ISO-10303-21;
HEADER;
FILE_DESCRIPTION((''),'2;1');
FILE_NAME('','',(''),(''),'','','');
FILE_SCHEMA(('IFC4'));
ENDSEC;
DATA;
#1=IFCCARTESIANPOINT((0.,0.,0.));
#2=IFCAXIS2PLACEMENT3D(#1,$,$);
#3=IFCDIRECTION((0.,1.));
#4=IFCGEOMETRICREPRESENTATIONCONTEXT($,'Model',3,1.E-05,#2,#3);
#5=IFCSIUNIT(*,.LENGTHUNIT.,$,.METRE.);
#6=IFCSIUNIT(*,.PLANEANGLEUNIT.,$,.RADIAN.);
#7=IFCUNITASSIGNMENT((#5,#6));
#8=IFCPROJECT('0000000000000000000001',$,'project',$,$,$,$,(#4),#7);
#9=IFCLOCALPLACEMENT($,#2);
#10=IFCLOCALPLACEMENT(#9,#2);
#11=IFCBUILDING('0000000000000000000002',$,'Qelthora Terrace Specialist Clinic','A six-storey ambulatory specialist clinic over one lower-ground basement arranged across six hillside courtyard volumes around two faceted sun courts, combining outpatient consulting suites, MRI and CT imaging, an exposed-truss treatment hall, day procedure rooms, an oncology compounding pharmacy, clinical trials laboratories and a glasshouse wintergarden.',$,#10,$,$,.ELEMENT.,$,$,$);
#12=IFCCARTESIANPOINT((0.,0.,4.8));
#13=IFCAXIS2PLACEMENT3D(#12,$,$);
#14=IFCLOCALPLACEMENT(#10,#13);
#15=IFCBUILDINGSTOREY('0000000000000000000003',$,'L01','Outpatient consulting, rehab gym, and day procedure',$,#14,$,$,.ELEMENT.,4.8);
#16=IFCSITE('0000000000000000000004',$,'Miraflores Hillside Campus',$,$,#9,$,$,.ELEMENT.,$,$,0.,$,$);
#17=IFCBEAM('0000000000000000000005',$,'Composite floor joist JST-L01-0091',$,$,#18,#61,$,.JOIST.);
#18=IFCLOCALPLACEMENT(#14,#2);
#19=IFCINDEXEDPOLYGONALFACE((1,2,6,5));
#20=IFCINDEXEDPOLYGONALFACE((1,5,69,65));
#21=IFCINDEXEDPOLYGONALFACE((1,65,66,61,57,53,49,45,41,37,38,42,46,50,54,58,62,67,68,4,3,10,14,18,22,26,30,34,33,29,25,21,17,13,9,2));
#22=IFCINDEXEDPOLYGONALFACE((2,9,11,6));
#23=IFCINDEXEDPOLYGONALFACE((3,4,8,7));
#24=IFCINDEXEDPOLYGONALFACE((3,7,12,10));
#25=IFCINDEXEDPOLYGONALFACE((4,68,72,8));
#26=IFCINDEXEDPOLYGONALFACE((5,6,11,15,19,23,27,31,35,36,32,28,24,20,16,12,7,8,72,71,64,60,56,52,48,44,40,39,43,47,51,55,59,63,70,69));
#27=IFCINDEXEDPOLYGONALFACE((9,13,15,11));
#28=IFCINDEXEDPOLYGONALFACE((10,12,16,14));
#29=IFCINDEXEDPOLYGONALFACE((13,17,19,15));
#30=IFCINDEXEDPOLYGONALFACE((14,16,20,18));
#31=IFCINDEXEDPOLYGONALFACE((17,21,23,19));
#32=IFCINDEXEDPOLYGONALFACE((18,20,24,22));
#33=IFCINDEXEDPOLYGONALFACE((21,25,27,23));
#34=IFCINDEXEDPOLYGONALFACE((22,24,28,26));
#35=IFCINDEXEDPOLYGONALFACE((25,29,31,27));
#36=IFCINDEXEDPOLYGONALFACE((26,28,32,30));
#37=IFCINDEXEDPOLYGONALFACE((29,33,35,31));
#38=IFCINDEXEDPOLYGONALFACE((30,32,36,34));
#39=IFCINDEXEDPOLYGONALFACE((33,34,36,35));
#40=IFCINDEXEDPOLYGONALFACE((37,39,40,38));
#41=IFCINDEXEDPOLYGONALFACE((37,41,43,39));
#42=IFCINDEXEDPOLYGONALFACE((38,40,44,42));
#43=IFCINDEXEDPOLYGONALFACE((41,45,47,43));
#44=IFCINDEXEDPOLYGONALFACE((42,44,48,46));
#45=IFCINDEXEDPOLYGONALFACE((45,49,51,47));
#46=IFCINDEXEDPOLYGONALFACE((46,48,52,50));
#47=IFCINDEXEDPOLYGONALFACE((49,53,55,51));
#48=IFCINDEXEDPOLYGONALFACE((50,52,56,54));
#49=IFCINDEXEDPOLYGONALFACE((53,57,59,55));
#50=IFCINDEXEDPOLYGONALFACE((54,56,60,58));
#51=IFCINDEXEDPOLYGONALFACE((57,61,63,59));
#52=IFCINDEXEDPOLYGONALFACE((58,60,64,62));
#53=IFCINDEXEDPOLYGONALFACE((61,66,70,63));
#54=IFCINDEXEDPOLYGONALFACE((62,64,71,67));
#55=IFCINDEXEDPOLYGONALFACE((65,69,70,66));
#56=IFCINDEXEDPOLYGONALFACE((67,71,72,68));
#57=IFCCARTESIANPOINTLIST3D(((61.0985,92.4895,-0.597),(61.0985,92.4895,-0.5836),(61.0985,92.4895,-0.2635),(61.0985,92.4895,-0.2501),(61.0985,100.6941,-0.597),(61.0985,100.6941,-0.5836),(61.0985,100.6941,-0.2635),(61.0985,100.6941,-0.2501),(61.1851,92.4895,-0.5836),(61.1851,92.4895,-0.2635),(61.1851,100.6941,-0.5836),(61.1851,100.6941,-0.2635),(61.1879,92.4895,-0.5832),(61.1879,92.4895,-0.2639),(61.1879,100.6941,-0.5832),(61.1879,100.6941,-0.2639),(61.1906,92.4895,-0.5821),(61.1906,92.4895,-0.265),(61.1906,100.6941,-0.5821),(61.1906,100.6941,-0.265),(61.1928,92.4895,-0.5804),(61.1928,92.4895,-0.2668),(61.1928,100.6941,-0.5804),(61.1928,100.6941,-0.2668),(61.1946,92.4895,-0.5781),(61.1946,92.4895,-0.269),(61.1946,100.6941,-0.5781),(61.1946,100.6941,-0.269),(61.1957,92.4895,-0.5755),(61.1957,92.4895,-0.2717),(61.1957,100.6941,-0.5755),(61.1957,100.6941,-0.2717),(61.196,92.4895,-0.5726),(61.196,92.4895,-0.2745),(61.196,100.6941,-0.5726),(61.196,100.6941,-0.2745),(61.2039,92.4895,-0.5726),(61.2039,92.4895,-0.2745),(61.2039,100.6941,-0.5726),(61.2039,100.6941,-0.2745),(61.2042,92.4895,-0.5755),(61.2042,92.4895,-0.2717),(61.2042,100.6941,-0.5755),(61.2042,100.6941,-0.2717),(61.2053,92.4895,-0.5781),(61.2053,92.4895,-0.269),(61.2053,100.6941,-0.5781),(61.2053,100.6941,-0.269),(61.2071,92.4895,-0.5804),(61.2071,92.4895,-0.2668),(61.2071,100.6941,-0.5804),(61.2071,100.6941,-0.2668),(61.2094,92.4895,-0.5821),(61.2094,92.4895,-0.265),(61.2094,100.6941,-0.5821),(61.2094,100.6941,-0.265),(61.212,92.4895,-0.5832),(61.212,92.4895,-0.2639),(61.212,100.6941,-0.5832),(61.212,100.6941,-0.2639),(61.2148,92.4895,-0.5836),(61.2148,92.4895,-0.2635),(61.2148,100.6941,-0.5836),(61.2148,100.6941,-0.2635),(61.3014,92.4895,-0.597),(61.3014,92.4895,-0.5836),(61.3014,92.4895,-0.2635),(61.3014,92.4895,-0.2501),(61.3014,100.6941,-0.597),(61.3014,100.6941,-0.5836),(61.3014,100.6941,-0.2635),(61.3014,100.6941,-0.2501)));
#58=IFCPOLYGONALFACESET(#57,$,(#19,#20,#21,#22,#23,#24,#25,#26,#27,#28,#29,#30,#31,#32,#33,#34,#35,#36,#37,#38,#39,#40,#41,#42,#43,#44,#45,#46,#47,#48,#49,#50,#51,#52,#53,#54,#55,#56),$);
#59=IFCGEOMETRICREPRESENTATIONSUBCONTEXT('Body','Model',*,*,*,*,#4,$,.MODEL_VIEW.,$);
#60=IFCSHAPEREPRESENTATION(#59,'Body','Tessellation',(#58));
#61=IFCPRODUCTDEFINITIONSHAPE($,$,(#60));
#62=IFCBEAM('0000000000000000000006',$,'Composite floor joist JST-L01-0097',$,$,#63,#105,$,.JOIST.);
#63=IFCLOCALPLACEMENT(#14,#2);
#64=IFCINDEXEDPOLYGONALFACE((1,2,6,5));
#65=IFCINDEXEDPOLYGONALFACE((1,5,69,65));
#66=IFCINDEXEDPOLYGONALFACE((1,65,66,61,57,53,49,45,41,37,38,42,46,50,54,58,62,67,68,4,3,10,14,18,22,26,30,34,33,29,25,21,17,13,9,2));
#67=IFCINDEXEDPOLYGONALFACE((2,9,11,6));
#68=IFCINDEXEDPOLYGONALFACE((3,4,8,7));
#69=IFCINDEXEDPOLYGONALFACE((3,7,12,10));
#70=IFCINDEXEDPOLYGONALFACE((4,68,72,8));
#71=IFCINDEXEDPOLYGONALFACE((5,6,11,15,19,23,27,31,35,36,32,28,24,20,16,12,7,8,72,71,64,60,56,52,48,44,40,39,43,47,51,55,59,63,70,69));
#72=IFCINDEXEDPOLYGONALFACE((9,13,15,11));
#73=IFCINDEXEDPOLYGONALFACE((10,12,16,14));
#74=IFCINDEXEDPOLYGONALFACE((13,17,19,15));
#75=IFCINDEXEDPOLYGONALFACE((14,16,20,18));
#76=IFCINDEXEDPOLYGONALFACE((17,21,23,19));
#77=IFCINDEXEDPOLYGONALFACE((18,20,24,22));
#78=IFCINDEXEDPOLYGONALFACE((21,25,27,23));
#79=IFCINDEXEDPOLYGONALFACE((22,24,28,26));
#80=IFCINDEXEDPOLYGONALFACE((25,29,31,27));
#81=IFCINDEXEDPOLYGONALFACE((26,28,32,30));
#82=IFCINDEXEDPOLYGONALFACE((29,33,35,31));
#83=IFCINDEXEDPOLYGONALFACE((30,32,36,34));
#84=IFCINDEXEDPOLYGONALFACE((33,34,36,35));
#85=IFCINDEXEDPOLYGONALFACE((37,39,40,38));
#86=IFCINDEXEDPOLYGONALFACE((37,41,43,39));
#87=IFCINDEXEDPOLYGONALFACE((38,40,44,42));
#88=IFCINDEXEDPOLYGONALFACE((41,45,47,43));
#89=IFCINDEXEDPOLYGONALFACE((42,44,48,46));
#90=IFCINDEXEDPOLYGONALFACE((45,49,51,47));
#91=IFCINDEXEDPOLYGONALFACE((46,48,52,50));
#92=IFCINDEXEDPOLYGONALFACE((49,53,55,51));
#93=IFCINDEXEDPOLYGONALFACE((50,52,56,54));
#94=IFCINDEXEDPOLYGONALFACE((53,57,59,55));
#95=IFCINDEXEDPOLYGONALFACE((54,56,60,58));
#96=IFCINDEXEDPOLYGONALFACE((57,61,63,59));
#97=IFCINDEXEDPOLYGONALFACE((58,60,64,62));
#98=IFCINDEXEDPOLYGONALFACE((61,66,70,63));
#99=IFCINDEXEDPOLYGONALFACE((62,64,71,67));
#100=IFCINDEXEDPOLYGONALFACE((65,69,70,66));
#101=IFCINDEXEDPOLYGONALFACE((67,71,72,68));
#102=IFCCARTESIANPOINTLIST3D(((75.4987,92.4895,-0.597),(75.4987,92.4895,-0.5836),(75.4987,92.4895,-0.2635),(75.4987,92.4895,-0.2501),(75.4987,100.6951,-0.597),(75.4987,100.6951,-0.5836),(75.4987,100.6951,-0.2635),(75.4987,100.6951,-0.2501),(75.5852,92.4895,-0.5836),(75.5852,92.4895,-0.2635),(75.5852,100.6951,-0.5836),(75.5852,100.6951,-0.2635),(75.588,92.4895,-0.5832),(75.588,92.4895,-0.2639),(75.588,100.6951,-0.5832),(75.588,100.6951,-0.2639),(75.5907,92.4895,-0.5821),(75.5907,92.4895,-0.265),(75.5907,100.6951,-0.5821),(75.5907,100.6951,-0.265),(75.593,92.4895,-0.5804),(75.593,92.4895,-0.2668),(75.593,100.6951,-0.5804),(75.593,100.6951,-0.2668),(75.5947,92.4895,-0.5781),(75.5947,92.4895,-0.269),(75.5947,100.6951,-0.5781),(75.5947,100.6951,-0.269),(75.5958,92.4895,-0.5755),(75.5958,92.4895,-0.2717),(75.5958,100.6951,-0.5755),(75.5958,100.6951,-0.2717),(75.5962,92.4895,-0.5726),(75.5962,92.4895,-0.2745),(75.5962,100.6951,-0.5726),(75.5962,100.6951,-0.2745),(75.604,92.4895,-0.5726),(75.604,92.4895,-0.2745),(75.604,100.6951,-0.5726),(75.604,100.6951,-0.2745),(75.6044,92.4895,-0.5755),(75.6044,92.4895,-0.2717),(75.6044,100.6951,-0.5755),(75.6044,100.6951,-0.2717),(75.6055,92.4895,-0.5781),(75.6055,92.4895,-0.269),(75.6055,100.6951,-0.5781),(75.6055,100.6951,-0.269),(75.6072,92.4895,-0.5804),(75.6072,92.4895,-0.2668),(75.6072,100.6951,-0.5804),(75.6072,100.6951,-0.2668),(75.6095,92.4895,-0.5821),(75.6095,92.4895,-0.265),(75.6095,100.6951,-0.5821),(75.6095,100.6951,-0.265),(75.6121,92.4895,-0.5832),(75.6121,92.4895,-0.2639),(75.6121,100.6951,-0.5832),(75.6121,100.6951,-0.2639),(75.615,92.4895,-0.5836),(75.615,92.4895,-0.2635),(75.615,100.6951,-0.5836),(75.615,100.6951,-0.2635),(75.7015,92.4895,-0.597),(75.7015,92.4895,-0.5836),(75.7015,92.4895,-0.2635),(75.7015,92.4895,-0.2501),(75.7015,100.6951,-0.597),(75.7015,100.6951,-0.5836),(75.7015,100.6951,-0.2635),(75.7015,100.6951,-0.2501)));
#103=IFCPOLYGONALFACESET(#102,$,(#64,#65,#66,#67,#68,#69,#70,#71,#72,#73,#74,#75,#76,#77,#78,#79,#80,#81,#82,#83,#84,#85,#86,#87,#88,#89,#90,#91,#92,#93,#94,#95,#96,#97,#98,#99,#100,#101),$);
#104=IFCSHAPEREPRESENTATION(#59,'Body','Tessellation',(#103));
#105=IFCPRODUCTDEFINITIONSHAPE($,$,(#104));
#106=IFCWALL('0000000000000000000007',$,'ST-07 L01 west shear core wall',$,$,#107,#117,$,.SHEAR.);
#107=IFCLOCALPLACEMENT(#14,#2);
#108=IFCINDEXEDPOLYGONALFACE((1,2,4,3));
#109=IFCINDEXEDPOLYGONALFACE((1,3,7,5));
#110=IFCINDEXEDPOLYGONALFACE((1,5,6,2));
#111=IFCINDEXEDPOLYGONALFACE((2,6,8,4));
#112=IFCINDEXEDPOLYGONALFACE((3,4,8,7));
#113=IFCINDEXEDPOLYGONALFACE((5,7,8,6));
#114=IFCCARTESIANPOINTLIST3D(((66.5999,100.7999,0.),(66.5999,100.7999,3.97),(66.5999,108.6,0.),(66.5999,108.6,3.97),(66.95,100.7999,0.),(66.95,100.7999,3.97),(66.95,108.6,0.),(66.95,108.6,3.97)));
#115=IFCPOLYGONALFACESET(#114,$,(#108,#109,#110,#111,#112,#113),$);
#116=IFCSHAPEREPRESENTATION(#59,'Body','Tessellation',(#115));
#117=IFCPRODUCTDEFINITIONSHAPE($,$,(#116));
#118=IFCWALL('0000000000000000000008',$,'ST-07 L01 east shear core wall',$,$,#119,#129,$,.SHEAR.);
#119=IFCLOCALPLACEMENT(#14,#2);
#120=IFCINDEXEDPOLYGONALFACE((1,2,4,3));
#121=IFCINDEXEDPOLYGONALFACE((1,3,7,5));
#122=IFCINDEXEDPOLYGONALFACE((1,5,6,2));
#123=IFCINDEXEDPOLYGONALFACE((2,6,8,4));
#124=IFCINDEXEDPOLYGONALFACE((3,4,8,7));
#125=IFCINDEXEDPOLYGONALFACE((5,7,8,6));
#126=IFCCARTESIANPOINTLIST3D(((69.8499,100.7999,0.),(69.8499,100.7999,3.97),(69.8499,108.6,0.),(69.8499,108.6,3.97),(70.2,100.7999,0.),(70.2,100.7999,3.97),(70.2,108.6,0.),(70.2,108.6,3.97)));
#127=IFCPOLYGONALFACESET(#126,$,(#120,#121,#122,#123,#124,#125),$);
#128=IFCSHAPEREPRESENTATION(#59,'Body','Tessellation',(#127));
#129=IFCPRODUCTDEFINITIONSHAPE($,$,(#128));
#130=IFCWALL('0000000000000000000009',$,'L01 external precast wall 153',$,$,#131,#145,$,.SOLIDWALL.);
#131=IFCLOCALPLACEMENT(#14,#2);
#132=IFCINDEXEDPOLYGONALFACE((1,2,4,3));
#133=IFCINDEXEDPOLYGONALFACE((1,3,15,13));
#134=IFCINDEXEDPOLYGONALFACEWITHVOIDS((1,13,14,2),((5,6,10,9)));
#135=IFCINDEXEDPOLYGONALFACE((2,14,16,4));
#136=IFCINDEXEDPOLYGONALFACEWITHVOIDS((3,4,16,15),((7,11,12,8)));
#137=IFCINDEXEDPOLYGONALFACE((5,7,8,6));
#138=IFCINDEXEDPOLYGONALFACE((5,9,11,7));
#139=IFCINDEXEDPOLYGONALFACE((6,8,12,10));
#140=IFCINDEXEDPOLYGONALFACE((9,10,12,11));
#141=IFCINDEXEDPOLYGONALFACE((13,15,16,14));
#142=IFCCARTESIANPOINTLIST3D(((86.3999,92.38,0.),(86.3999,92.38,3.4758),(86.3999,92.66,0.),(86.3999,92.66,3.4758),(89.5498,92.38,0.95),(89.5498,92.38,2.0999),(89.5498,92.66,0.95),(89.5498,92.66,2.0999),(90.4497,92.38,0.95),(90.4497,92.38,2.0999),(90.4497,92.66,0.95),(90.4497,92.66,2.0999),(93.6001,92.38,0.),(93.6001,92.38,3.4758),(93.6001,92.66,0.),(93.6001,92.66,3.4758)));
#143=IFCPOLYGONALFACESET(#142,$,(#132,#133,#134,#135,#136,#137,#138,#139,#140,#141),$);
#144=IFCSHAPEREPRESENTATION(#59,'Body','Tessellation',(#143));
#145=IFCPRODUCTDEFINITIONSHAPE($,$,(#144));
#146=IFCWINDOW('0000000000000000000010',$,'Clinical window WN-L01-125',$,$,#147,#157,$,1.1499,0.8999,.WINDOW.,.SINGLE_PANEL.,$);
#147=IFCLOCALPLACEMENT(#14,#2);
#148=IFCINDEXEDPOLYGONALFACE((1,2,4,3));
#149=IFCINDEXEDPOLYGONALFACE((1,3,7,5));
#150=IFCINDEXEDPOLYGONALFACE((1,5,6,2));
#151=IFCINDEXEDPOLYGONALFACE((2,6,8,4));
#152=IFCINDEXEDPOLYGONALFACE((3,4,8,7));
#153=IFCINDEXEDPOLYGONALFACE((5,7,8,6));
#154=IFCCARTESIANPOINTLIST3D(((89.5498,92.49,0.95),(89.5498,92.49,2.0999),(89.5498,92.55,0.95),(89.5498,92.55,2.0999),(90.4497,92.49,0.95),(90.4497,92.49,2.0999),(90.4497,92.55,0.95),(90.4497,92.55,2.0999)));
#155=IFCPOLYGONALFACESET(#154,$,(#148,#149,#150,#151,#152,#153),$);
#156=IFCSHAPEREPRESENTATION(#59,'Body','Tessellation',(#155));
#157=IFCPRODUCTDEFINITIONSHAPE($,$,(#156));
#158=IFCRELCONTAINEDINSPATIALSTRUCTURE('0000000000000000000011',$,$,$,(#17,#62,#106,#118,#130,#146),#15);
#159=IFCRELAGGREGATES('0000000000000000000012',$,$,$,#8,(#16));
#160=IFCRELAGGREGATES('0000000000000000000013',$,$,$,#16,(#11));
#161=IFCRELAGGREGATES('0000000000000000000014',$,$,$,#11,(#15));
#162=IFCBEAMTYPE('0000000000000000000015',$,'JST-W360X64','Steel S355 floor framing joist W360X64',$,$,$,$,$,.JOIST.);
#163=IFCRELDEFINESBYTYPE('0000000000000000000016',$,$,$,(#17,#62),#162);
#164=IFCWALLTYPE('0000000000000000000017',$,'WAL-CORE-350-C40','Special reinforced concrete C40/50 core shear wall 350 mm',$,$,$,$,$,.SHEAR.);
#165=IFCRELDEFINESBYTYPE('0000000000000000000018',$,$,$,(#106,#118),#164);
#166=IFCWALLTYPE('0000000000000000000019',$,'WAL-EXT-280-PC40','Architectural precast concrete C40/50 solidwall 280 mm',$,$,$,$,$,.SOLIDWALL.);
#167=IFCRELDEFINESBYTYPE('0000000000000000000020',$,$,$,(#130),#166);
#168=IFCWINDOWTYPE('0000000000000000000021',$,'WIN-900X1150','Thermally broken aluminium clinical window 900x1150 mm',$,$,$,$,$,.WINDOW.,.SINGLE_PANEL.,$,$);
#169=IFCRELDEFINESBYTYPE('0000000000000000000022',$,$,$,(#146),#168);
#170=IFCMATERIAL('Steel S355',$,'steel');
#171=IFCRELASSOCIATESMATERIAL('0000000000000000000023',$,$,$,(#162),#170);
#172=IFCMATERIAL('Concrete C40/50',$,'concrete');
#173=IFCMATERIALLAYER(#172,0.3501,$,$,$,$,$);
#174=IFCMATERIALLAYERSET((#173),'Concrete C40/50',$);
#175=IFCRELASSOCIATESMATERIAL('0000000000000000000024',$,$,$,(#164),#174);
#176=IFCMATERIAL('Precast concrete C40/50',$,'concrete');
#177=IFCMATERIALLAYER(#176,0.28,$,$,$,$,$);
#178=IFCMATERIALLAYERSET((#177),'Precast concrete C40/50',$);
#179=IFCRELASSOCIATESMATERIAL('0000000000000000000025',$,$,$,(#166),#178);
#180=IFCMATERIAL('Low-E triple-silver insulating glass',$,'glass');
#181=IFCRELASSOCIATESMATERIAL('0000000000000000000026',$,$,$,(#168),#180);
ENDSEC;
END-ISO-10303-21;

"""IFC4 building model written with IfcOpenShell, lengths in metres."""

from ifc_helpers import new_model, si_unit, direction, frame, frame_2d, origin, origin_2d, place, context, subcontext, project, spatial, rectangle, i_section, extrude, material, layer, layer_set, material_profile, profile_set, type_object, element, fill, save


model = new_model("IFC4")

# Units and contexts
model_context = context("Model", 3, precision=1e-05, world=origin(), true_north=direction((0.0, 1.0)))
body_context = subcontext(model_context, "Body", "Model", "MODEL_VIEW")
ifc_project = project(units=[si_unit("LENGTHUNIT", "METRE"), si_unit("PLANEANGLEUNIT", "RADIAN")], contexts=[model_context])

# Site, building, storey
site_placement = place(None, origin())
site = spatial("IfcSite", under=ifc_project, at=site_placement, Name="Miraflores Hillside Campus", CompositionType="ELEMENT", RefElevation=0.0)
building_placement = place(site_placement, origin())
building = spatial("IfcBuilding", under=site, at=building_placement, Name="Qelthora Terrace Specialist Clinic", Description="A six-storey ambulatory specialist clinic over one lower-ground basement arranged across six hillside courtyard volumes around two faceted sun courts, combining outpatient consulting suites, MRI and CT imaging, an exposed-truss treatment hall, day procedure rooms, an oncology compounding pharmacy, clinical trials laboratories and a glasshouse wintergarden.", CompositionType="ELEMENT")
storey_placement = place(building_placement, frame((0.0, 0.0, 4.8)))
storey = spatial("IfcBuildingStorey", under=building, at=storey_placement, Name="L01", Description="Outpatient consulting, rehab gym, and day procedure", CompositionType="ELEMENT", Elevation=4.8)

# Shared definitions
ifc_material_1 = material(Name="Steel S355", Category="steel")

# Beams
ifc_material_profile_1 = material_profile(ifc_material_1, i_section(OverallWidth=0.2029, OverallDepth=0.3469, WebThickness=0.0078, FlangeThickness=0.0134, FilletRadius=0.011, at=origin_2d()), Name="W360X64")
ifc_profile_set_1 = profile_set([ifc_material_profile_1], Name="Steel S355")
beam_type_1 = type_object("IfcBeamType", Name="JST-W360X64", Description="Steel S355 floor framing joist W360X64", PredefinedType="JOIST", material=ifc_profile_set_1)
beam_1_placement = place(storey_placement, frame((61.2, 92.4895, -0.4236), z_axis=(0.0, 1.0, 0.0), x_axis=(-1.0, 0.0, 0.0)))
element("IfcBeam", 1, at=beam_1_placement, inside=storey, type_object=beam_type_1, Name="Composite floor joist JST-L01-0091", PredefinedType="JOIST", context=body_context, shape_type="SweptSolid", body=[
    extrude(i_section(OverallWidth=0.2029, OverallDepth=0.3469, WebThickness=0.0078, FlangeThickness=0.0134, FilletRadius=0.011, at=origin_2d()), origin(), (0.0, 0.0, 1.0), 8.2046),
])
beam_2_placement = place(storey_placement, frame((75.6001, 92.4895, -0.4236), z_axis=(0.0, 1.0, 0.0), x_axis=(-1.0, 0.0, 0.0)))
element("IfcBeam", 2, at=beam_2_placement, inside=storey, type_object=beam_type_1, Name="Composite floor joist JST-L01-0097", PredefinedType="JOIST", context=body_context, shape_type="SweptSolid", body=[
    extrude(i_section(OverallWidth=0.2029, OverallDepth=0.3469, WebThickness=0.0078, FlangeThickness=0.0134, FilletRadius=0.011, at=origin_2d()), origin(), (0.0, 0.0, 1.0), 8.2056),
])

# Walls
ifc_material_2 = material(Name="Concrete C40/50", Category="concrete")
ifc_layer_1 = layer(ifc_material_2, 0.3501)
ifc_layer_set_1 = layer_set([ifc_layer_1], Name="Concrete C40/50")
wall_type_1 = type_object("IfcWallType", Name="WAL-CORE-350-C40", Description="Special reinforced concrete C40/50 core shear wall 350 mm", PredefinedType="SHEAR", material=ifc_layer_set_1)
for number, where, z_axis, x_axis, name in (
    (3, (66.7749, 100.8, 0.0), (0.0, 0.0, 1.0), (0.0, 1.0, 0.0), "ST-07 L01 west shear core wall"),
    (4, (70.0249, 100.8, 0.0), (0.0, 0.0, 1.0), (0.0, 1.0, 0.0), "ST-07 L01 east shear core wall"),
):
    element("IfcWall", number, at=place(storey_placement, frame(where, z_axis=z_axis, x_axis=x_axis)), inside=storey, type_object=wall_type_1, Name=name, PredefinedType="SHEAR", context=body_context, shape_type="SweptSolid", body=[
        extrude(rectangle(XDim=7.8, YDim=0.3501, at=frame_2d((3.8999, 0.0))), origin(), (0.0, 0.0, 1.0), 3.97),
    ])

# Wall, opening, window
ifc_material_3 = material(Name="Precast concrete C40/50", Category="concrete")
ifc_layer_2 = layer(ifc_material_3, 0.28)
ifc_layer_set_2 = layer_set([ifc_layer_2], Name="Precast concrete C40/50")
wall_type_2 = type_object("IfcWallType", Name="WAL-EXT-280-PC40", Description="Architectural precast concrete C40/50 solidwall 280 mm", PredefinedType="SOLIDWALL", material=ifc_layer_set_2)
wall_1_placement = place(storey_placement, frame((86.3999, 92.52, 0.0), z_axis=(0.0, 0.0, 1.0), x_axis=(1.0, 0.0, 0.0)))
wall_1 = element("IfcWall", 5, at=wall_1_placement, inside=storey, type_object=wall_type_2, Name="L01 external precast wall 153", PredefinedType="SOLIDWALL", context=body_context, shape_type="SweptSolid", body=[
    extrude(rectangle(XDim=7.2002, YDim=0.28, at=frame_2d((3.6001, 0.0))), origin(), (0.0, 0.0, 1.0), 3.4758),
])
opening_1_placement = place(wall_1_placement, frame((3.1499, 0.0, 0.95)))
opening_1 = element("IfcOpeningElement", 6, at=opening_1_placement, cuts=wall_1, PredefinedType="OPENING", context=body_context, shape_type="SweptSolid", body=[
    extrude(rectangle(XDim=0.8999, YDim=1.1499, at=frame_2d((0.45, 0.575))), frame((0.0, 0.1499, 0.0), z_axis=(0.0, -1.0, 0.0), x_axis=(1.0, 0.0, 0.0)), (0.0, 0.0, 1.0), 0.3),
])
ifc_material_4 = material(Name="Low-E triple-silver insulating glass", Category="glass")
window_type_1 = type_object("IfcWindowType", Name="WIN-900X1150", Description="Thermally broken aluminium clinical window 900x1150 mm", PartitioningType="SINGLE_PANEL", PredefinedType="WINDOW", material=ifc_material_4)
window_1_placement = place(opening_1_placement, origin())
window_1 = element("IfcWindow", 7, at=window_1_placement, inside=storey, type_object=window_type_1, Name="Clinical window WN-L01-125", OverallHeight=1.1499, OverallWidth=0.8999, PartitioningType="SINGLE_PANEL", PredefinedType="WINDOW", context=body_context, shape_type="SweptSolid", body=[
    extrude(rectangle(XDim=0.8999, YDim=1.1499, at=frame_2d((0.45, 0.575))), frame((0.0, 0.03, 0.0), z_axis=(0.0, -1.0, 0.0), x_axis=(1.0, 0.0, 0.0)), (0.0, 0.0, 1.0), 0.0601),
])
fill(opening_1, window_1)

save(model, "model.ifc")
